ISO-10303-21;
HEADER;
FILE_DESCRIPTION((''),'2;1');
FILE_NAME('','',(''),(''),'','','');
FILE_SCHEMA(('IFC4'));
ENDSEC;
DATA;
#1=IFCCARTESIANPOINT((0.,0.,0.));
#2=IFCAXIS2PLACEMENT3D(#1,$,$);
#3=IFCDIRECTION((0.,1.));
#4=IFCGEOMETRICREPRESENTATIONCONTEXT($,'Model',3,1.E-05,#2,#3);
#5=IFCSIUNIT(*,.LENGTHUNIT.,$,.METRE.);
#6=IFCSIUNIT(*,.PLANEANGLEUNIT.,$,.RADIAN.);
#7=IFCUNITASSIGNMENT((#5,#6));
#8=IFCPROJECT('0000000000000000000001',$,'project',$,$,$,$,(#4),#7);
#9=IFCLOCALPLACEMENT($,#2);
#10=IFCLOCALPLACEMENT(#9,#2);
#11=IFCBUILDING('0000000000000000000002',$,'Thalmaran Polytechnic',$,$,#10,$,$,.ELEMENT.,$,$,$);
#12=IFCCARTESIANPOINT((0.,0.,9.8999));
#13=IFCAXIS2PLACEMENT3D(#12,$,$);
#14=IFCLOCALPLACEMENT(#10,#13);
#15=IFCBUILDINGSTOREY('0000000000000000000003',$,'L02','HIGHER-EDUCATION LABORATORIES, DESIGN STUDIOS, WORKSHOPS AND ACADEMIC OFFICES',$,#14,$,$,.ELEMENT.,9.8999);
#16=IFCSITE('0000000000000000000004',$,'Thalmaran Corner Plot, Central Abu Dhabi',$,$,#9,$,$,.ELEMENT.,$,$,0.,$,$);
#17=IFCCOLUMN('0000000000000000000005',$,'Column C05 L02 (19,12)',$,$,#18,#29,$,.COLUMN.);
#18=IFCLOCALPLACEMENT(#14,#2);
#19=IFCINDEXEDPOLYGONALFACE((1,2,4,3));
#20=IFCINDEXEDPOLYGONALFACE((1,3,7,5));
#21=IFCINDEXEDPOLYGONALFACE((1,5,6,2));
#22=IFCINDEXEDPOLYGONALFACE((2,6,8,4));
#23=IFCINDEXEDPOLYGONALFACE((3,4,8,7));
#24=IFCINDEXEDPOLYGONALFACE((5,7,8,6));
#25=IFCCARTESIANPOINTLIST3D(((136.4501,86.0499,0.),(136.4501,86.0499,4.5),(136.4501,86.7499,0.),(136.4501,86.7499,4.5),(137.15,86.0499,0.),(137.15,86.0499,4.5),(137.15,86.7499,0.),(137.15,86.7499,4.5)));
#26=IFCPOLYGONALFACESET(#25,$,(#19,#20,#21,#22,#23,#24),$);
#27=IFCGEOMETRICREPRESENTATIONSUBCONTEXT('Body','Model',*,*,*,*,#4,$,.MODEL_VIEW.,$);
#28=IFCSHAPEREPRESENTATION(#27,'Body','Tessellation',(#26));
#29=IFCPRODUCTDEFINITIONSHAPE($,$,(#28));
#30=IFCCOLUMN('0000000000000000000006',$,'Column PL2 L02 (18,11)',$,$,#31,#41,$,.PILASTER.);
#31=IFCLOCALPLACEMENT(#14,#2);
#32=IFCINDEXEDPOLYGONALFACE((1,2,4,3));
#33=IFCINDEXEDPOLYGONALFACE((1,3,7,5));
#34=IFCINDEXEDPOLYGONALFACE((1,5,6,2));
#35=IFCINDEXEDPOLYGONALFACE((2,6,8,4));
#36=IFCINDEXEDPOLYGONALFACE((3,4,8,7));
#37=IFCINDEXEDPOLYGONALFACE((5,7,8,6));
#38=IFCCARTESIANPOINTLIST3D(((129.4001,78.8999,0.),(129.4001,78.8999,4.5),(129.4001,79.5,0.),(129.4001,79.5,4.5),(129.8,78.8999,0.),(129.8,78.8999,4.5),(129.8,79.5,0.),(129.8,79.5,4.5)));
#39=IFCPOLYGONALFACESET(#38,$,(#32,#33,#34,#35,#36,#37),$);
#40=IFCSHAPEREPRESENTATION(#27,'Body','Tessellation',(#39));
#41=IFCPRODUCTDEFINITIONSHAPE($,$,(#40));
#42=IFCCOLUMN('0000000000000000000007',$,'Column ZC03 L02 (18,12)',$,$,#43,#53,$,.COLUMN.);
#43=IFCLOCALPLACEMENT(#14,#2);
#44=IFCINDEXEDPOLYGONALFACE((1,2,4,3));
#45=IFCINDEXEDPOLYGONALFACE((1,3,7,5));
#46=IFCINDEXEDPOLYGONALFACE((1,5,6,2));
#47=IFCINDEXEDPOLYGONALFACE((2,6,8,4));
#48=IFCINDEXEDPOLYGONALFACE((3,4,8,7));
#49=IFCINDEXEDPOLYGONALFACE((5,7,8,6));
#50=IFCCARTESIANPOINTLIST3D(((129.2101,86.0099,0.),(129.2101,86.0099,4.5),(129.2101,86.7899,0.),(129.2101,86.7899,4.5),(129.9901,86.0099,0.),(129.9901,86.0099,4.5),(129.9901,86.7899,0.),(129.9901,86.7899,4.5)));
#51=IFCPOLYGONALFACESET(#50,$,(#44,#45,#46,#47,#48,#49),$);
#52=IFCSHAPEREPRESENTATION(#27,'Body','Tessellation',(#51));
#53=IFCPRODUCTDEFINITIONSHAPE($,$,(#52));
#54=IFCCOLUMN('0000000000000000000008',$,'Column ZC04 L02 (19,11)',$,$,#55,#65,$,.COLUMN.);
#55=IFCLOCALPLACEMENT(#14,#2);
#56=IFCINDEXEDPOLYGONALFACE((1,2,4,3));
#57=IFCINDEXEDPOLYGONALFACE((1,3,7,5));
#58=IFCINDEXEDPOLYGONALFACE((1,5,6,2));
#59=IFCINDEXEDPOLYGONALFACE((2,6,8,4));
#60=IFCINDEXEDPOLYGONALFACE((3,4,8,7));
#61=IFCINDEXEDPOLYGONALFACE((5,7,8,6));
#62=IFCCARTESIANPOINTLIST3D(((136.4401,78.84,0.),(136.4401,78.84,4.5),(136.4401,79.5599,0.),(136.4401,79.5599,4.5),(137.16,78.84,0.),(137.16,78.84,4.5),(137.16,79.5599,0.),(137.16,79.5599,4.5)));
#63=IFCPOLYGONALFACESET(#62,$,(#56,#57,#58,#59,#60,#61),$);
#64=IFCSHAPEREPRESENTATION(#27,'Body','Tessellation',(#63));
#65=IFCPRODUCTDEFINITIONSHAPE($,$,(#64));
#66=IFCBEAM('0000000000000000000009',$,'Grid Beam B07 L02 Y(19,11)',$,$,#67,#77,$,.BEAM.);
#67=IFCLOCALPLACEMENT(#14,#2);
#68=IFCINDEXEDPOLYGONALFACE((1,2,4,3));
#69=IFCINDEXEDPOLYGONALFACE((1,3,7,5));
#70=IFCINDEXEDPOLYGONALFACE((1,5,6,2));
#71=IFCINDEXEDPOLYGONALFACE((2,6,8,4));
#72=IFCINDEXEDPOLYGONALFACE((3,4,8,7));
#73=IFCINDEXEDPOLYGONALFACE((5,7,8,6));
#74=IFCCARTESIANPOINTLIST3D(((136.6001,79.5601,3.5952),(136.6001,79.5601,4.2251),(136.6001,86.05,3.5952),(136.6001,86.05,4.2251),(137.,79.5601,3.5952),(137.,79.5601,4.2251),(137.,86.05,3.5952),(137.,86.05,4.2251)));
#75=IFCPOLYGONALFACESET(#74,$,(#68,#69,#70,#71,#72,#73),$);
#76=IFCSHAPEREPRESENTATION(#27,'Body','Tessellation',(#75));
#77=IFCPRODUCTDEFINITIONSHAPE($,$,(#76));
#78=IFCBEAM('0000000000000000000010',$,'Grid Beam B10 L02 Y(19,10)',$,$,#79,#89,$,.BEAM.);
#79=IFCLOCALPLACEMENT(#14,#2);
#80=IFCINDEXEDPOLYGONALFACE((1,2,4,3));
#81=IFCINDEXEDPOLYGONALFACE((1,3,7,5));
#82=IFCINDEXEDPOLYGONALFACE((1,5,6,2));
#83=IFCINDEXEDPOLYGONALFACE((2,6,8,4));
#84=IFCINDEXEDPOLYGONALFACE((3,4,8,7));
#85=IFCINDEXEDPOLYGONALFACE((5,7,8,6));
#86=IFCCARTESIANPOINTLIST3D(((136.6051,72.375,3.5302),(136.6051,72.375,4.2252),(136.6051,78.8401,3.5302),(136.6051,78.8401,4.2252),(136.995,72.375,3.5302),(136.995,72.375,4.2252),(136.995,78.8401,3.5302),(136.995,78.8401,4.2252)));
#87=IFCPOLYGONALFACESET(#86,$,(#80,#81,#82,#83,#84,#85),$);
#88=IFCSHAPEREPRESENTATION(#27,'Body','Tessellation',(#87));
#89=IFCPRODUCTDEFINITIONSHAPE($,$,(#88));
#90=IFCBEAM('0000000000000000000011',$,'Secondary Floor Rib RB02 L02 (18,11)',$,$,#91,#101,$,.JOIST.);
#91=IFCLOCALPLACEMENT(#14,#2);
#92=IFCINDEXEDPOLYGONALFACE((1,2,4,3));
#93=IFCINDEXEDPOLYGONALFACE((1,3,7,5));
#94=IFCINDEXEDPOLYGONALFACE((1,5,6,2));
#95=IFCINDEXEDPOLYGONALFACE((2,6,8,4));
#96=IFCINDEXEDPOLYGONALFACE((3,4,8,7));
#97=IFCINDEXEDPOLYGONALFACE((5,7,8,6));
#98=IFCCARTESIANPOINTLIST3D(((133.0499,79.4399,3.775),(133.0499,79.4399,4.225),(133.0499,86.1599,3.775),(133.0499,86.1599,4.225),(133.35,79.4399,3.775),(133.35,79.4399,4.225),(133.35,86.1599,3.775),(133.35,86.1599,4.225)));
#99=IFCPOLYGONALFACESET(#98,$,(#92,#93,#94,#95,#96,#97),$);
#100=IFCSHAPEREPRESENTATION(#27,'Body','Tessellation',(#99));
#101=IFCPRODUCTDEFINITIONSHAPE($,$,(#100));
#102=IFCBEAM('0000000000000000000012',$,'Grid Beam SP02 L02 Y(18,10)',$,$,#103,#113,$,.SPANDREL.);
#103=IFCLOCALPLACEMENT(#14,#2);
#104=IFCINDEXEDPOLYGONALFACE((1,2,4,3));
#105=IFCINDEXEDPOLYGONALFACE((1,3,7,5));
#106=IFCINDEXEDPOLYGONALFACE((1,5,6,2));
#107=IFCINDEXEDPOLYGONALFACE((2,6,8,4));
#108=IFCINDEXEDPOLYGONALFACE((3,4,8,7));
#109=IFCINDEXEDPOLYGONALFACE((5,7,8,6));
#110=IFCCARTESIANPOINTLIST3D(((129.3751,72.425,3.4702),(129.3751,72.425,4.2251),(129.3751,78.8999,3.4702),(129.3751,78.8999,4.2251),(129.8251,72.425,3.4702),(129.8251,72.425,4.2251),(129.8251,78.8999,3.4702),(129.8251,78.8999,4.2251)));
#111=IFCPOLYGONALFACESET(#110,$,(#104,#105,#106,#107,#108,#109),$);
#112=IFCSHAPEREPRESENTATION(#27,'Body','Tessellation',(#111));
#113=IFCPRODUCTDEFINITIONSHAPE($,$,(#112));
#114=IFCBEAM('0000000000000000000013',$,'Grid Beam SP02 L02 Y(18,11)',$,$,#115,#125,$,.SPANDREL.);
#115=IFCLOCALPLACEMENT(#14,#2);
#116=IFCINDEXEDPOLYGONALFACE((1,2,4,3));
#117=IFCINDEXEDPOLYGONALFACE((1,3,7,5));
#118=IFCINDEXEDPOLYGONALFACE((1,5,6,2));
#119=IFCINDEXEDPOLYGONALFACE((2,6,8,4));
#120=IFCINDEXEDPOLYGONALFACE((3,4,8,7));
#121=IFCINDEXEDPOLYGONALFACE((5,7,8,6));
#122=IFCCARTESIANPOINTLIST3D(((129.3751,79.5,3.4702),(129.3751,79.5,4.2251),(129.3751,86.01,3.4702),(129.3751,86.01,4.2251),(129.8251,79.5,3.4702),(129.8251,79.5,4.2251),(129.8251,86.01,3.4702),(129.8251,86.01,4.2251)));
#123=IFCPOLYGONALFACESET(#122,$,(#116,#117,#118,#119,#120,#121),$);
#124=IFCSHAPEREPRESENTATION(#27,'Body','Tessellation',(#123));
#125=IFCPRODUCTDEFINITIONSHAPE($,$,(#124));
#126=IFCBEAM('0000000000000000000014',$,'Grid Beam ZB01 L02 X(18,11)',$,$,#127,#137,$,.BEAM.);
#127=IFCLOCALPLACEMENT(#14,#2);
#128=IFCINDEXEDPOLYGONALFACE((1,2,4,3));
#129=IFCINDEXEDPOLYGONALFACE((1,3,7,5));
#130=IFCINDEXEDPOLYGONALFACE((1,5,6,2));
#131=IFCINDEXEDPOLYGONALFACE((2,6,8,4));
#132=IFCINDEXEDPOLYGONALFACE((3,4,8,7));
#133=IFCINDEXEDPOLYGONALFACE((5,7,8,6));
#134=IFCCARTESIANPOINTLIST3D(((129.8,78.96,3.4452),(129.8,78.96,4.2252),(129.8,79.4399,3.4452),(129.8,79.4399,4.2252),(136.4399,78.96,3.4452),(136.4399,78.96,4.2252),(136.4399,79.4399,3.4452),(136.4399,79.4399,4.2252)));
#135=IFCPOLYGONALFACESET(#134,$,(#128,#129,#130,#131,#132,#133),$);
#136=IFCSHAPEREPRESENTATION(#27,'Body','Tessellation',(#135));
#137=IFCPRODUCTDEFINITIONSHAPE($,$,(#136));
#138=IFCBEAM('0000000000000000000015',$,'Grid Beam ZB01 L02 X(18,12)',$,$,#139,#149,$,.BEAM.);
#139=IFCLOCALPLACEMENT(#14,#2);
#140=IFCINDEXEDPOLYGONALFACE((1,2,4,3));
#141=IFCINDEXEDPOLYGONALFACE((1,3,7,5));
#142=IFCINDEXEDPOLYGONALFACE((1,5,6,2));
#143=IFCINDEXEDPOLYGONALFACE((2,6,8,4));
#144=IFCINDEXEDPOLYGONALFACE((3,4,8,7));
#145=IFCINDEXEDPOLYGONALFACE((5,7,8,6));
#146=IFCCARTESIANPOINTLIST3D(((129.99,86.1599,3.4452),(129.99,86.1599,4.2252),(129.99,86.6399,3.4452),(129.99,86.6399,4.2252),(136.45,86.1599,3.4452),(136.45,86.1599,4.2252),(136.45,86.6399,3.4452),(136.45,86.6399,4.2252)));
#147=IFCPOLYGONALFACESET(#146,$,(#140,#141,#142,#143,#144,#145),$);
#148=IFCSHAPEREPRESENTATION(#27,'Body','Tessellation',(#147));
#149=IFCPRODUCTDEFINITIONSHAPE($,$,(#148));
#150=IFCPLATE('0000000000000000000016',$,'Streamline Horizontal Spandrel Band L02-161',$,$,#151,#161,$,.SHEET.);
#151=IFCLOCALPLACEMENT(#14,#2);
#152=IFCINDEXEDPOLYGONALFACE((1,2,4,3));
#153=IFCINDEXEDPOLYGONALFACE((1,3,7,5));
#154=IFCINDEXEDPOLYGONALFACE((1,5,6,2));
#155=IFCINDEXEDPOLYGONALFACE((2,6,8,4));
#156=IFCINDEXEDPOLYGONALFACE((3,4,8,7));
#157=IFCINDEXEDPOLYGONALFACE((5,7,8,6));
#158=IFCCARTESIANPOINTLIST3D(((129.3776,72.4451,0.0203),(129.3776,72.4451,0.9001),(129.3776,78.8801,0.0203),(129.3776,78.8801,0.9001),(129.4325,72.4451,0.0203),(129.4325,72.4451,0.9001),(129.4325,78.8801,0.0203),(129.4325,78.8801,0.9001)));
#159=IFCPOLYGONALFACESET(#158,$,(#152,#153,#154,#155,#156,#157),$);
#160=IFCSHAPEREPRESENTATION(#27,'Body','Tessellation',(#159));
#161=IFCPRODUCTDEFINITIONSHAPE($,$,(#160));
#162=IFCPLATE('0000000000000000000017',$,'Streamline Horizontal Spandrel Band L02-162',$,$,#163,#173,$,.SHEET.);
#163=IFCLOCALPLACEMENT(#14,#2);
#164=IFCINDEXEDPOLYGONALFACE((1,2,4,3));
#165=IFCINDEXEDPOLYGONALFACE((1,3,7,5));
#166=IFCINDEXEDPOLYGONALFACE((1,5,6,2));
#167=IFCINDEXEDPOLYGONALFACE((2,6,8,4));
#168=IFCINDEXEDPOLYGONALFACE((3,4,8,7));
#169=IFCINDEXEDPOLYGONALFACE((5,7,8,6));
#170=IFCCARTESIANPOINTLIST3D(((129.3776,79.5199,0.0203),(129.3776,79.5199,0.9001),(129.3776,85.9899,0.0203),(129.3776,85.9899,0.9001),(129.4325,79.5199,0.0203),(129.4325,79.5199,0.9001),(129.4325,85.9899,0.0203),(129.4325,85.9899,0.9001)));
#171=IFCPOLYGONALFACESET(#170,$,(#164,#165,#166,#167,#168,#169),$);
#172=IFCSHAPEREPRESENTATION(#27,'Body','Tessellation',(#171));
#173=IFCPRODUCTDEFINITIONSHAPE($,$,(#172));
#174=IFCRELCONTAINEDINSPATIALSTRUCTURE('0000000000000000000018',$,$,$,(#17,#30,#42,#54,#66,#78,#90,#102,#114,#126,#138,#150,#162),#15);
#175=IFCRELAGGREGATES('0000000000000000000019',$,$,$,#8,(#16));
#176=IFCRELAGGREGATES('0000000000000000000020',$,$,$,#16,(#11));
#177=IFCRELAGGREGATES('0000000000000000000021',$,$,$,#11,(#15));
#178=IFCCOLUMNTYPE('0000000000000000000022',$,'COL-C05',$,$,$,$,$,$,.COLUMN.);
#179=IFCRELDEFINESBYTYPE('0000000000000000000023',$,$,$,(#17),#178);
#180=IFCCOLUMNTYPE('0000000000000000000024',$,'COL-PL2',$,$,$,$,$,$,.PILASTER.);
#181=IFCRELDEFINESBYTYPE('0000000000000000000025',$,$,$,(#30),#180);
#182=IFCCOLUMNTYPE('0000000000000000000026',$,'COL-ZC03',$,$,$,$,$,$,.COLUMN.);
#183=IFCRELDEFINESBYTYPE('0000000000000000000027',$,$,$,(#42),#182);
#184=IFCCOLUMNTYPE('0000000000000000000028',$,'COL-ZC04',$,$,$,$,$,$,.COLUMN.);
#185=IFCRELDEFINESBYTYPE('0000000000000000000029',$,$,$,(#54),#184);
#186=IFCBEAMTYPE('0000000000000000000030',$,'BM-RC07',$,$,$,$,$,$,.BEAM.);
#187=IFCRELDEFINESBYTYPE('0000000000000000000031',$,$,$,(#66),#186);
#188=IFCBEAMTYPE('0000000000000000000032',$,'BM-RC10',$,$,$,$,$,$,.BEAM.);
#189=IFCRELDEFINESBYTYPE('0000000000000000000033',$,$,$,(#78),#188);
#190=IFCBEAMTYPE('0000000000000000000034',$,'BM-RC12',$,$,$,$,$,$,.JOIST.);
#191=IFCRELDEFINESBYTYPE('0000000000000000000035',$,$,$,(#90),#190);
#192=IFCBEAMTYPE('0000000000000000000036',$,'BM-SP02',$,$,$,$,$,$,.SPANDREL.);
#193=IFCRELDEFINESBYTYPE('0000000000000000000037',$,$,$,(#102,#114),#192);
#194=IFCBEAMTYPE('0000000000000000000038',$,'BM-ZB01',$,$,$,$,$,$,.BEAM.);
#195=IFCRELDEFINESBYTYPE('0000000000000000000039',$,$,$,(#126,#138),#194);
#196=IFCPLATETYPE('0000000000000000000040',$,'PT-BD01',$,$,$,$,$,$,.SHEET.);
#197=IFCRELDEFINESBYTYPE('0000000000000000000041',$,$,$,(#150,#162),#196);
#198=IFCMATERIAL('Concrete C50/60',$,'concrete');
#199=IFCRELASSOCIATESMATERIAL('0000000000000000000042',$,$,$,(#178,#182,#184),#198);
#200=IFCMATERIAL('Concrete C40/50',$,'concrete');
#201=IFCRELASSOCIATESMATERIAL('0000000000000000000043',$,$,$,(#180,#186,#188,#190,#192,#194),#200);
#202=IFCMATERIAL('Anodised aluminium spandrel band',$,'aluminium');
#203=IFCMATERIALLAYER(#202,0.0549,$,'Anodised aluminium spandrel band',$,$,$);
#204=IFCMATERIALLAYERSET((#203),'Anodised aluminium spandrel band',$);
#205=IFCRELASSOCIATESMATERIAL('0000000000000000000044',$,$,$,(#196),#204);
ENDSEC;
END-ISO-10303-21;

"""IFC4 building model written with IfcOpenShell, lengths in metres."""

from ifc_helpers import new_model, si_unit, direction, frame, origin, origin_2d, place, context, subcontext, project, spatial, rectangle, extrude, material, layer, layer_set, material_profile, profile_set, type_object, element, save


model = new_model("IFC4")

# Units and contexts
model_context = context("Model", 3, precision=1e-05, world=origin(), true_north=direction((0.0, 1.0)))
body_context = subcontext(model_context, "Body", "Model", "MODEL_VIEW")
ifc_project = project(units=[si_unit("LENGTHUNIT", "METRE"), si_unit("PLANEANGLEUNIT", "RADIAN")], contexts=[model_context])

# Site, building, storey
site_placement = place(None, origin())
site = spatial("IfcSite", under=ifc_project, at=site_placement, Name="Thalmaran Corner Plot, Central Abu Dhabi", CompositionType="ELEMENT", RefElevation=0.0)
building_placement = place(site_placement, origin())
building = spatial("IfcBuilding", under=site, at=building_placement, Name="Thalmaran Polytechnic", CompositionType="ELEMENT")
storey_placement = place(building_placement, frame((0.0, 0.0, 9.8999)))
storey = spatial("IfcBuildingStorey", under=building, at=storey_placement, Name="L02", Description="HIGHER-EDUCATION LABORATORIES, DESIGN STUDIOS, WORKSHOPS AND ACADEMIC OFFICES", CompositionType="ELEMENT", Elevation=9.8999)

# Columns
ifc_material_1 = material(Name="Concrete C50/60", Category="concrete")
ifc_material_profile_1 = material_profile(ifc_material_1, rectangle(XDim=0.7, YDim=0.7, at=origin_2d()), Name="RC 700x700")
ifc_profile_set_1 = profile_set([ifc_material_profile_1], Name="Concrete C50/60")
column_type_1 = type_object("IfcColumnType", Name="COL-C05", PredefinedType="COLUMN", material=ifc_profile_set_1)
column_1_placement = place(storey_placement, frame((136.8, 86.3999, 0.0), z_axis=(0.0, 0.0, 1.0), x_axis=(1.0, 0.0, 0.0)))
element("IfcColumn", 1, at=column_1_placement, inside=storey, type_object=column_type_1, Name="Column C05 L02 (19,12)", PredefinedType="COLUMN", context=body_context, shape_type="SweptSolid", body=[
    extrude(rectangle(XDim=0.7, YDim=0.7, at=origin_2d()), origin(), (0.0, 0.0, 1.0), 4.5),
])
ifc_material_2 = material(Name="Concrete C40/50", Category="concrete")
ifc_material_profile_2 = material_profile(ifc_material_2, rectangle(XDim=0.3999, YDim=0.6001, at=origin_2d()), Name="RC 400x600")
ifc_profile_set_2 = profile_set([ifc_material_profile_2], Name="Concrete C40/50")
column_type_2 = type_object("IfcColumnType", Name="COL-PL2", PredefinedType="PILASTER", material=ifc_profile_set_2)
column_2_placement = place(storey_placement, frame((129.6001, 79.2, 0.0), z_axis=(0.0, 0.0, 1.0), x_axis=(1.0, 0.0, 0.0)))
element("IfcColumn", 2, at=column_2_placement, inside=storey, type_object=column_type_2, Name="Column PL2 L02 (18,11)", PredefinedType="PILASTER", context=body_context, shape_type="SweptSolid", body=[
    extrude(rectangle(XDim=0.3999, YDim=0.6001, at=origin_2d()), origin(), (0.0, 0.0, 1.0), 4.5),
])
ifc_material_profile_3 = material_profile(ifc_material_1, rectangle(XDim=0.78, YDim=0.78, at=origin_2d()), Name="RC 780x780")
ifc_profile_set_3 = profile_set([ifc_material_profile_3], Name="Concrete C50/60")
column_type_3 = type_object("IfcColumnType", Name="COL-ZC03", PredefinedType="COLUMN", material=ifc_profile_set_3)
column_3_placement = place(storey_placement, frame((129.6001, 86.3999, 0.0), z_axis=(0.0, 0.0, 1.0), x_axis=(1.0, 0.0, 0.0)))
element("IfcColumn", 3, at=column_3_placement, inside=storey, type_object=column_type_3, Name="Column ZC03 L02 (18,12)", PredefinedType="COLUMN", context=body_context, shape_type="SweptSolid", body=[
    extrude(rectangle(XDim=0.78, YDim=0.78, at=origin_2d()), origin(), (0.0, 0.0, 1.0), 4.5),
])
ifc_material_profile_4 = material_profile(ifc_material_1, rectangle(XDim=0.72, YDim=0.72, at=origin_2d()), Name="RC 720x720")
ifc_profile_set_4 = profile_set([ifc_material_profile_4], Name="Concrete C50/60")
column_type_4 = type_object("IfcColumnType", Name="COL-ZC04", PredefinedType="COLUMN", material=ifc_profile_set_4)
column_4_placement = place(storey_placement, frame((136.8, 79.2, 0.0), z_axis=(0.0, 0.0, 1.0), x_axis=(1.0, 0.0, 0.0)))
element("IfcColumn", 4, at=column_4_placement, inside=storey, type_object=column_type_4, Name="Column ZC04 L02 (19,11)", PredefinedType="COLUMN", context=body_context, shape_type="SweptSolid", body=[
    extrude(rectangle(XDim=0.72, YDim=0.72, at=origin_2d()), origin(), (0.0, 0.0, 1.0), 4.5),
])

# Beams
ifc_material_profile_5 = material_profile(ifc_material_2, rectangle(XDim=0.3999, YDim=0.6299, at=origin_2d()), Name="RC 400x630")
ifc_profile_set_5 = profile_set([ifc_material_profile_5], Name="Concrete C40/50")
beam_type_1 = type_object("IfcBeamType", Name="BM-RC07", PredefinedType="BEAM", material=ifc_profile_set_5)
beam_1_placement = place(storey_placement, frame((136.8, 79.5601, 3.9102), z_axis=(0.0, 1.0, 0.0), x_axis=(-1.0, 0.0, 0.0)))
element("IfcBeam", 5, at=beam_1_placement, inside=storey, type_object=beam_type_1, Name="Grid Beam B07 L02 Y(19,11)", PredefinedType="BEAM", context=body_context, shape_type="SweptSolid", body=[
    extrude(rectangle(XDim=0.3999, YDim=0.6299, at=origin_2d()), origin(), (0.0, 0.0, 1.0), 6.49),
])
ifc_material_profile_6 = material_profile(ifc_material_2, rectangle(XDim=0.3899, YDim=0.6951, at=origin_2d()), Name="RC 390x695")
ifc_profile_set_6 = profile_set([ifc_material_profile_6], Name="Concrete C40/50")
beam_type_2 = type_object("IfcBeamType", Name="BM-RC10", PredefinedType="BEAM", material=ifc_profile_set_6)
beam_2_placement = place(storey_placement, frame((136.8, 72.375, 3.8777), z_axis=(0.0, 1.0, 0.0), x_axis=(-1.0, 0.0, 0.0)))
element("IfcBeam", 6, at=beam_2_placement, inside=storey, type_object=beam_type_2, Name="Grid Beam B10 L02 Y(19,10)", PredefinedType="BEAM", context=body_context, shape_type="SweptSolid", body=[
    extrude(rectangle(XDim=0.3899, YDim=0.6951, at=origin_2d()), origin(), (0.0, 0.0, 1.0), 6.4651),
])
ifc_material_profile_7 = material_profile(ifc_material_2, rectangle(XDim=0.3, YDim=0.45, at=origin_2d()), Name="RC 300x450")
ifc_profile_set_7 = profile_set([ifc_material_profile_7], Name="Concrete C40/50")
beam_type_3 = type_object("IfcBeamType", Name="BM-RC12", PredefinedType="JOIST", material=ifc_profile_set_7)
beam_3_placement = place(storey_placement, frame((133.2, 79.4399, 4.0), z_axis=(0.0, 1.0, 0.0), x_axis=(-1.0, 0.0, 0.0)))
element("IfcBeam", 7, at=beam_3_placement, inside=storey, type_object=beam_type_3, Name="Secondary Floor Rib RB02 L02 (18,11)", PredefinedType="JOIST", context=body_context, shape_type="SweptSolid", body=[
    extrude(rectangle(XDim=0.3, YDim=0.45, at=origin_2d()), origin(), (0.0, 0.0, 1.0), 6.72),
])
ifc_material_profile_8 = material_profile(ifc_material_2, rectangle(XDim=0.45, YDim=0.7549, at=origin_2d()), Name="RC 450x755")
ifc_profile_set_8 = profile_set([ifc_material_profile_8], Name="Concrete C40/50")
beam_type_4 = type_object("IfcBeamType", Name="BM-SP02", PredefinedType="SPANDREL", material=ifc_profile_set_8)
beam_4_placement = place(storey_placement, frame((129.6001, 72.425, 3.8477), z_axis=(0.0, 1.0, 0.0), x_axis=(-1.0, 0.0, 0.0)))
element("IfcBeam", 8, at=beam_4_placement, inside=storey, type_object=beam_type_4, Name="Grid Beam SP02 L02 Y(18,10)", PredefinedType="SPANDREL", context=body_context, shape_type="SweptSolid", body=[
    extrude(rectangle(XDim=0.45, YDim=0.7549, at=origin_2d()), origin(), (0.0, 0.0, 1.0), 6.4749),
])
beam_5_placement = place(storey_placement, frame((129.6001, 79.5, 3.8477), z_axis=(0.0, 1.0, 0.0), x_axis=(-1.0, 0.0, 0.0)))
element("IfcBeam", 9, at=beam_5_placement, inside=storey, type_object=beam_type_4, Name="Grid Beam SP02 L02 Y(18,11)", PredefinedType="SPANDREL", context=body_context, shape_type="SweptSolid", body=[
    extrude(rectangle(XDim=0.45, YDim=0.7549, at=origin_2d()), origin(), (0.0, 0.0, 1.0), 6.51),
])
ifc_material_profile_9 = material_profile(ifc_material_2, rectangle(XDim=0.48, YDim=0.78, at=origin_2d()), Name="RC 480x780")
ifc_profile_set_9 = profile_set([ifc_material_profile_9], Name="Concrete C40/50")
beam_type_5 = type_object("IfcBeamType", Name="BM-ZB01", PredefinedType="BEAM", material=ifc_profile_set_9)
beam_6_placement = place(storey_placement, frame((129.8, 79.2, 3.8352), z_axis=(1.0, 0.0, 0.0), x_axis=(0.0, 1.0, 0.0)))
element("IfcBeam", 10, at=beam_6_placement, inside=storey, type_object=beam_type_5, Name="Grid Beam ZB01 L02 X(18,11)", PredefinedType="BEAM", context=body_context, shape_type="SweptSolid", body=[
    extrude(rectangle(XDim=0.48, YDim=0.78, at=origin_2d()), origin(), (0.0, 0.0, 1.0), 6.6399),
])
beam_7_placement = place(storey_placement, frame((129.99, 86.3999, 3.8352), z_axis=(1.0, 0.0, 0.0), x_axis=(0.0, 1.0, 0.0)))
element("IfcBeam", 11, at=beam_7_placement, inside=storey, type_object=beam_type_5, Name="Grid Beam ZB01 L02 X(18,12)", PredefinedType="BEAM", context=body_context, shape_type="SweptSolid", body=[
    extrude(rectangle(XDim=0.48, YDim=0.78, at=origin_2d()), origin(), (0.0, 0.0, 1.0), 6.46),
])

# Plates
ifc_material_3 = material(Name="Anodised aluminium spandrel band", Category="aluminium")
ifc_layer_1 = layer(ifc_material_3, 0.0549, Name="Anodised aluminium spandrel band")
ifc_layer_set_1 = layer_set([ifc_layer_1], Name="Anodised aluminium spandrel band")
plate_type = type_object("IfcPlateType", Name="PT-BD01", PredefinedType="SHEET", material=ifc_layer_set_1)
plate_1_placement = place(storey_placement, frame((129.405, 75.6626, 0.0203), z_axis=(0.0, 0.0, 1.0), x_axis=(0.0, 1.0, 0.0)))
element("IfcPlate", 12, at=plate_1_placement, inside=storey, type_object=plate_type, Name="Streamline Horizontal Spandrel Band L02-161", PredefinedType="SHEET", context=body_context, shape_type="SweptSolid", body=[
    extrude(rectangle(XDim=6.4351, YDim=0.0549, at=origin_2d()), origin(), (0.0, 0.0, 1.0), 0.8799),
])
plate_2_placement = place(storey_placement, frame((129.405, 82.7549, 0.0203), z_axis=(0.0, 0.0, 1.0), x_axis=(0.0, 1.0, 0.0)))
element("IfcPlate", 13, at=plate_2_placement, inside=storey, type_object=plate_type, Name="Streamline Horizontal Spandrel Band L02-162", PredefinedType="SHEET", context=body_context, shape_type="SweptSolid", body=[
    extrude(rectangle(XDim=6.47, YDim=0.0549, at=origin_2d()), origin(), (0.0, 0.0, 1.0), 0.8799),
])

save(model, "model.ifc")
